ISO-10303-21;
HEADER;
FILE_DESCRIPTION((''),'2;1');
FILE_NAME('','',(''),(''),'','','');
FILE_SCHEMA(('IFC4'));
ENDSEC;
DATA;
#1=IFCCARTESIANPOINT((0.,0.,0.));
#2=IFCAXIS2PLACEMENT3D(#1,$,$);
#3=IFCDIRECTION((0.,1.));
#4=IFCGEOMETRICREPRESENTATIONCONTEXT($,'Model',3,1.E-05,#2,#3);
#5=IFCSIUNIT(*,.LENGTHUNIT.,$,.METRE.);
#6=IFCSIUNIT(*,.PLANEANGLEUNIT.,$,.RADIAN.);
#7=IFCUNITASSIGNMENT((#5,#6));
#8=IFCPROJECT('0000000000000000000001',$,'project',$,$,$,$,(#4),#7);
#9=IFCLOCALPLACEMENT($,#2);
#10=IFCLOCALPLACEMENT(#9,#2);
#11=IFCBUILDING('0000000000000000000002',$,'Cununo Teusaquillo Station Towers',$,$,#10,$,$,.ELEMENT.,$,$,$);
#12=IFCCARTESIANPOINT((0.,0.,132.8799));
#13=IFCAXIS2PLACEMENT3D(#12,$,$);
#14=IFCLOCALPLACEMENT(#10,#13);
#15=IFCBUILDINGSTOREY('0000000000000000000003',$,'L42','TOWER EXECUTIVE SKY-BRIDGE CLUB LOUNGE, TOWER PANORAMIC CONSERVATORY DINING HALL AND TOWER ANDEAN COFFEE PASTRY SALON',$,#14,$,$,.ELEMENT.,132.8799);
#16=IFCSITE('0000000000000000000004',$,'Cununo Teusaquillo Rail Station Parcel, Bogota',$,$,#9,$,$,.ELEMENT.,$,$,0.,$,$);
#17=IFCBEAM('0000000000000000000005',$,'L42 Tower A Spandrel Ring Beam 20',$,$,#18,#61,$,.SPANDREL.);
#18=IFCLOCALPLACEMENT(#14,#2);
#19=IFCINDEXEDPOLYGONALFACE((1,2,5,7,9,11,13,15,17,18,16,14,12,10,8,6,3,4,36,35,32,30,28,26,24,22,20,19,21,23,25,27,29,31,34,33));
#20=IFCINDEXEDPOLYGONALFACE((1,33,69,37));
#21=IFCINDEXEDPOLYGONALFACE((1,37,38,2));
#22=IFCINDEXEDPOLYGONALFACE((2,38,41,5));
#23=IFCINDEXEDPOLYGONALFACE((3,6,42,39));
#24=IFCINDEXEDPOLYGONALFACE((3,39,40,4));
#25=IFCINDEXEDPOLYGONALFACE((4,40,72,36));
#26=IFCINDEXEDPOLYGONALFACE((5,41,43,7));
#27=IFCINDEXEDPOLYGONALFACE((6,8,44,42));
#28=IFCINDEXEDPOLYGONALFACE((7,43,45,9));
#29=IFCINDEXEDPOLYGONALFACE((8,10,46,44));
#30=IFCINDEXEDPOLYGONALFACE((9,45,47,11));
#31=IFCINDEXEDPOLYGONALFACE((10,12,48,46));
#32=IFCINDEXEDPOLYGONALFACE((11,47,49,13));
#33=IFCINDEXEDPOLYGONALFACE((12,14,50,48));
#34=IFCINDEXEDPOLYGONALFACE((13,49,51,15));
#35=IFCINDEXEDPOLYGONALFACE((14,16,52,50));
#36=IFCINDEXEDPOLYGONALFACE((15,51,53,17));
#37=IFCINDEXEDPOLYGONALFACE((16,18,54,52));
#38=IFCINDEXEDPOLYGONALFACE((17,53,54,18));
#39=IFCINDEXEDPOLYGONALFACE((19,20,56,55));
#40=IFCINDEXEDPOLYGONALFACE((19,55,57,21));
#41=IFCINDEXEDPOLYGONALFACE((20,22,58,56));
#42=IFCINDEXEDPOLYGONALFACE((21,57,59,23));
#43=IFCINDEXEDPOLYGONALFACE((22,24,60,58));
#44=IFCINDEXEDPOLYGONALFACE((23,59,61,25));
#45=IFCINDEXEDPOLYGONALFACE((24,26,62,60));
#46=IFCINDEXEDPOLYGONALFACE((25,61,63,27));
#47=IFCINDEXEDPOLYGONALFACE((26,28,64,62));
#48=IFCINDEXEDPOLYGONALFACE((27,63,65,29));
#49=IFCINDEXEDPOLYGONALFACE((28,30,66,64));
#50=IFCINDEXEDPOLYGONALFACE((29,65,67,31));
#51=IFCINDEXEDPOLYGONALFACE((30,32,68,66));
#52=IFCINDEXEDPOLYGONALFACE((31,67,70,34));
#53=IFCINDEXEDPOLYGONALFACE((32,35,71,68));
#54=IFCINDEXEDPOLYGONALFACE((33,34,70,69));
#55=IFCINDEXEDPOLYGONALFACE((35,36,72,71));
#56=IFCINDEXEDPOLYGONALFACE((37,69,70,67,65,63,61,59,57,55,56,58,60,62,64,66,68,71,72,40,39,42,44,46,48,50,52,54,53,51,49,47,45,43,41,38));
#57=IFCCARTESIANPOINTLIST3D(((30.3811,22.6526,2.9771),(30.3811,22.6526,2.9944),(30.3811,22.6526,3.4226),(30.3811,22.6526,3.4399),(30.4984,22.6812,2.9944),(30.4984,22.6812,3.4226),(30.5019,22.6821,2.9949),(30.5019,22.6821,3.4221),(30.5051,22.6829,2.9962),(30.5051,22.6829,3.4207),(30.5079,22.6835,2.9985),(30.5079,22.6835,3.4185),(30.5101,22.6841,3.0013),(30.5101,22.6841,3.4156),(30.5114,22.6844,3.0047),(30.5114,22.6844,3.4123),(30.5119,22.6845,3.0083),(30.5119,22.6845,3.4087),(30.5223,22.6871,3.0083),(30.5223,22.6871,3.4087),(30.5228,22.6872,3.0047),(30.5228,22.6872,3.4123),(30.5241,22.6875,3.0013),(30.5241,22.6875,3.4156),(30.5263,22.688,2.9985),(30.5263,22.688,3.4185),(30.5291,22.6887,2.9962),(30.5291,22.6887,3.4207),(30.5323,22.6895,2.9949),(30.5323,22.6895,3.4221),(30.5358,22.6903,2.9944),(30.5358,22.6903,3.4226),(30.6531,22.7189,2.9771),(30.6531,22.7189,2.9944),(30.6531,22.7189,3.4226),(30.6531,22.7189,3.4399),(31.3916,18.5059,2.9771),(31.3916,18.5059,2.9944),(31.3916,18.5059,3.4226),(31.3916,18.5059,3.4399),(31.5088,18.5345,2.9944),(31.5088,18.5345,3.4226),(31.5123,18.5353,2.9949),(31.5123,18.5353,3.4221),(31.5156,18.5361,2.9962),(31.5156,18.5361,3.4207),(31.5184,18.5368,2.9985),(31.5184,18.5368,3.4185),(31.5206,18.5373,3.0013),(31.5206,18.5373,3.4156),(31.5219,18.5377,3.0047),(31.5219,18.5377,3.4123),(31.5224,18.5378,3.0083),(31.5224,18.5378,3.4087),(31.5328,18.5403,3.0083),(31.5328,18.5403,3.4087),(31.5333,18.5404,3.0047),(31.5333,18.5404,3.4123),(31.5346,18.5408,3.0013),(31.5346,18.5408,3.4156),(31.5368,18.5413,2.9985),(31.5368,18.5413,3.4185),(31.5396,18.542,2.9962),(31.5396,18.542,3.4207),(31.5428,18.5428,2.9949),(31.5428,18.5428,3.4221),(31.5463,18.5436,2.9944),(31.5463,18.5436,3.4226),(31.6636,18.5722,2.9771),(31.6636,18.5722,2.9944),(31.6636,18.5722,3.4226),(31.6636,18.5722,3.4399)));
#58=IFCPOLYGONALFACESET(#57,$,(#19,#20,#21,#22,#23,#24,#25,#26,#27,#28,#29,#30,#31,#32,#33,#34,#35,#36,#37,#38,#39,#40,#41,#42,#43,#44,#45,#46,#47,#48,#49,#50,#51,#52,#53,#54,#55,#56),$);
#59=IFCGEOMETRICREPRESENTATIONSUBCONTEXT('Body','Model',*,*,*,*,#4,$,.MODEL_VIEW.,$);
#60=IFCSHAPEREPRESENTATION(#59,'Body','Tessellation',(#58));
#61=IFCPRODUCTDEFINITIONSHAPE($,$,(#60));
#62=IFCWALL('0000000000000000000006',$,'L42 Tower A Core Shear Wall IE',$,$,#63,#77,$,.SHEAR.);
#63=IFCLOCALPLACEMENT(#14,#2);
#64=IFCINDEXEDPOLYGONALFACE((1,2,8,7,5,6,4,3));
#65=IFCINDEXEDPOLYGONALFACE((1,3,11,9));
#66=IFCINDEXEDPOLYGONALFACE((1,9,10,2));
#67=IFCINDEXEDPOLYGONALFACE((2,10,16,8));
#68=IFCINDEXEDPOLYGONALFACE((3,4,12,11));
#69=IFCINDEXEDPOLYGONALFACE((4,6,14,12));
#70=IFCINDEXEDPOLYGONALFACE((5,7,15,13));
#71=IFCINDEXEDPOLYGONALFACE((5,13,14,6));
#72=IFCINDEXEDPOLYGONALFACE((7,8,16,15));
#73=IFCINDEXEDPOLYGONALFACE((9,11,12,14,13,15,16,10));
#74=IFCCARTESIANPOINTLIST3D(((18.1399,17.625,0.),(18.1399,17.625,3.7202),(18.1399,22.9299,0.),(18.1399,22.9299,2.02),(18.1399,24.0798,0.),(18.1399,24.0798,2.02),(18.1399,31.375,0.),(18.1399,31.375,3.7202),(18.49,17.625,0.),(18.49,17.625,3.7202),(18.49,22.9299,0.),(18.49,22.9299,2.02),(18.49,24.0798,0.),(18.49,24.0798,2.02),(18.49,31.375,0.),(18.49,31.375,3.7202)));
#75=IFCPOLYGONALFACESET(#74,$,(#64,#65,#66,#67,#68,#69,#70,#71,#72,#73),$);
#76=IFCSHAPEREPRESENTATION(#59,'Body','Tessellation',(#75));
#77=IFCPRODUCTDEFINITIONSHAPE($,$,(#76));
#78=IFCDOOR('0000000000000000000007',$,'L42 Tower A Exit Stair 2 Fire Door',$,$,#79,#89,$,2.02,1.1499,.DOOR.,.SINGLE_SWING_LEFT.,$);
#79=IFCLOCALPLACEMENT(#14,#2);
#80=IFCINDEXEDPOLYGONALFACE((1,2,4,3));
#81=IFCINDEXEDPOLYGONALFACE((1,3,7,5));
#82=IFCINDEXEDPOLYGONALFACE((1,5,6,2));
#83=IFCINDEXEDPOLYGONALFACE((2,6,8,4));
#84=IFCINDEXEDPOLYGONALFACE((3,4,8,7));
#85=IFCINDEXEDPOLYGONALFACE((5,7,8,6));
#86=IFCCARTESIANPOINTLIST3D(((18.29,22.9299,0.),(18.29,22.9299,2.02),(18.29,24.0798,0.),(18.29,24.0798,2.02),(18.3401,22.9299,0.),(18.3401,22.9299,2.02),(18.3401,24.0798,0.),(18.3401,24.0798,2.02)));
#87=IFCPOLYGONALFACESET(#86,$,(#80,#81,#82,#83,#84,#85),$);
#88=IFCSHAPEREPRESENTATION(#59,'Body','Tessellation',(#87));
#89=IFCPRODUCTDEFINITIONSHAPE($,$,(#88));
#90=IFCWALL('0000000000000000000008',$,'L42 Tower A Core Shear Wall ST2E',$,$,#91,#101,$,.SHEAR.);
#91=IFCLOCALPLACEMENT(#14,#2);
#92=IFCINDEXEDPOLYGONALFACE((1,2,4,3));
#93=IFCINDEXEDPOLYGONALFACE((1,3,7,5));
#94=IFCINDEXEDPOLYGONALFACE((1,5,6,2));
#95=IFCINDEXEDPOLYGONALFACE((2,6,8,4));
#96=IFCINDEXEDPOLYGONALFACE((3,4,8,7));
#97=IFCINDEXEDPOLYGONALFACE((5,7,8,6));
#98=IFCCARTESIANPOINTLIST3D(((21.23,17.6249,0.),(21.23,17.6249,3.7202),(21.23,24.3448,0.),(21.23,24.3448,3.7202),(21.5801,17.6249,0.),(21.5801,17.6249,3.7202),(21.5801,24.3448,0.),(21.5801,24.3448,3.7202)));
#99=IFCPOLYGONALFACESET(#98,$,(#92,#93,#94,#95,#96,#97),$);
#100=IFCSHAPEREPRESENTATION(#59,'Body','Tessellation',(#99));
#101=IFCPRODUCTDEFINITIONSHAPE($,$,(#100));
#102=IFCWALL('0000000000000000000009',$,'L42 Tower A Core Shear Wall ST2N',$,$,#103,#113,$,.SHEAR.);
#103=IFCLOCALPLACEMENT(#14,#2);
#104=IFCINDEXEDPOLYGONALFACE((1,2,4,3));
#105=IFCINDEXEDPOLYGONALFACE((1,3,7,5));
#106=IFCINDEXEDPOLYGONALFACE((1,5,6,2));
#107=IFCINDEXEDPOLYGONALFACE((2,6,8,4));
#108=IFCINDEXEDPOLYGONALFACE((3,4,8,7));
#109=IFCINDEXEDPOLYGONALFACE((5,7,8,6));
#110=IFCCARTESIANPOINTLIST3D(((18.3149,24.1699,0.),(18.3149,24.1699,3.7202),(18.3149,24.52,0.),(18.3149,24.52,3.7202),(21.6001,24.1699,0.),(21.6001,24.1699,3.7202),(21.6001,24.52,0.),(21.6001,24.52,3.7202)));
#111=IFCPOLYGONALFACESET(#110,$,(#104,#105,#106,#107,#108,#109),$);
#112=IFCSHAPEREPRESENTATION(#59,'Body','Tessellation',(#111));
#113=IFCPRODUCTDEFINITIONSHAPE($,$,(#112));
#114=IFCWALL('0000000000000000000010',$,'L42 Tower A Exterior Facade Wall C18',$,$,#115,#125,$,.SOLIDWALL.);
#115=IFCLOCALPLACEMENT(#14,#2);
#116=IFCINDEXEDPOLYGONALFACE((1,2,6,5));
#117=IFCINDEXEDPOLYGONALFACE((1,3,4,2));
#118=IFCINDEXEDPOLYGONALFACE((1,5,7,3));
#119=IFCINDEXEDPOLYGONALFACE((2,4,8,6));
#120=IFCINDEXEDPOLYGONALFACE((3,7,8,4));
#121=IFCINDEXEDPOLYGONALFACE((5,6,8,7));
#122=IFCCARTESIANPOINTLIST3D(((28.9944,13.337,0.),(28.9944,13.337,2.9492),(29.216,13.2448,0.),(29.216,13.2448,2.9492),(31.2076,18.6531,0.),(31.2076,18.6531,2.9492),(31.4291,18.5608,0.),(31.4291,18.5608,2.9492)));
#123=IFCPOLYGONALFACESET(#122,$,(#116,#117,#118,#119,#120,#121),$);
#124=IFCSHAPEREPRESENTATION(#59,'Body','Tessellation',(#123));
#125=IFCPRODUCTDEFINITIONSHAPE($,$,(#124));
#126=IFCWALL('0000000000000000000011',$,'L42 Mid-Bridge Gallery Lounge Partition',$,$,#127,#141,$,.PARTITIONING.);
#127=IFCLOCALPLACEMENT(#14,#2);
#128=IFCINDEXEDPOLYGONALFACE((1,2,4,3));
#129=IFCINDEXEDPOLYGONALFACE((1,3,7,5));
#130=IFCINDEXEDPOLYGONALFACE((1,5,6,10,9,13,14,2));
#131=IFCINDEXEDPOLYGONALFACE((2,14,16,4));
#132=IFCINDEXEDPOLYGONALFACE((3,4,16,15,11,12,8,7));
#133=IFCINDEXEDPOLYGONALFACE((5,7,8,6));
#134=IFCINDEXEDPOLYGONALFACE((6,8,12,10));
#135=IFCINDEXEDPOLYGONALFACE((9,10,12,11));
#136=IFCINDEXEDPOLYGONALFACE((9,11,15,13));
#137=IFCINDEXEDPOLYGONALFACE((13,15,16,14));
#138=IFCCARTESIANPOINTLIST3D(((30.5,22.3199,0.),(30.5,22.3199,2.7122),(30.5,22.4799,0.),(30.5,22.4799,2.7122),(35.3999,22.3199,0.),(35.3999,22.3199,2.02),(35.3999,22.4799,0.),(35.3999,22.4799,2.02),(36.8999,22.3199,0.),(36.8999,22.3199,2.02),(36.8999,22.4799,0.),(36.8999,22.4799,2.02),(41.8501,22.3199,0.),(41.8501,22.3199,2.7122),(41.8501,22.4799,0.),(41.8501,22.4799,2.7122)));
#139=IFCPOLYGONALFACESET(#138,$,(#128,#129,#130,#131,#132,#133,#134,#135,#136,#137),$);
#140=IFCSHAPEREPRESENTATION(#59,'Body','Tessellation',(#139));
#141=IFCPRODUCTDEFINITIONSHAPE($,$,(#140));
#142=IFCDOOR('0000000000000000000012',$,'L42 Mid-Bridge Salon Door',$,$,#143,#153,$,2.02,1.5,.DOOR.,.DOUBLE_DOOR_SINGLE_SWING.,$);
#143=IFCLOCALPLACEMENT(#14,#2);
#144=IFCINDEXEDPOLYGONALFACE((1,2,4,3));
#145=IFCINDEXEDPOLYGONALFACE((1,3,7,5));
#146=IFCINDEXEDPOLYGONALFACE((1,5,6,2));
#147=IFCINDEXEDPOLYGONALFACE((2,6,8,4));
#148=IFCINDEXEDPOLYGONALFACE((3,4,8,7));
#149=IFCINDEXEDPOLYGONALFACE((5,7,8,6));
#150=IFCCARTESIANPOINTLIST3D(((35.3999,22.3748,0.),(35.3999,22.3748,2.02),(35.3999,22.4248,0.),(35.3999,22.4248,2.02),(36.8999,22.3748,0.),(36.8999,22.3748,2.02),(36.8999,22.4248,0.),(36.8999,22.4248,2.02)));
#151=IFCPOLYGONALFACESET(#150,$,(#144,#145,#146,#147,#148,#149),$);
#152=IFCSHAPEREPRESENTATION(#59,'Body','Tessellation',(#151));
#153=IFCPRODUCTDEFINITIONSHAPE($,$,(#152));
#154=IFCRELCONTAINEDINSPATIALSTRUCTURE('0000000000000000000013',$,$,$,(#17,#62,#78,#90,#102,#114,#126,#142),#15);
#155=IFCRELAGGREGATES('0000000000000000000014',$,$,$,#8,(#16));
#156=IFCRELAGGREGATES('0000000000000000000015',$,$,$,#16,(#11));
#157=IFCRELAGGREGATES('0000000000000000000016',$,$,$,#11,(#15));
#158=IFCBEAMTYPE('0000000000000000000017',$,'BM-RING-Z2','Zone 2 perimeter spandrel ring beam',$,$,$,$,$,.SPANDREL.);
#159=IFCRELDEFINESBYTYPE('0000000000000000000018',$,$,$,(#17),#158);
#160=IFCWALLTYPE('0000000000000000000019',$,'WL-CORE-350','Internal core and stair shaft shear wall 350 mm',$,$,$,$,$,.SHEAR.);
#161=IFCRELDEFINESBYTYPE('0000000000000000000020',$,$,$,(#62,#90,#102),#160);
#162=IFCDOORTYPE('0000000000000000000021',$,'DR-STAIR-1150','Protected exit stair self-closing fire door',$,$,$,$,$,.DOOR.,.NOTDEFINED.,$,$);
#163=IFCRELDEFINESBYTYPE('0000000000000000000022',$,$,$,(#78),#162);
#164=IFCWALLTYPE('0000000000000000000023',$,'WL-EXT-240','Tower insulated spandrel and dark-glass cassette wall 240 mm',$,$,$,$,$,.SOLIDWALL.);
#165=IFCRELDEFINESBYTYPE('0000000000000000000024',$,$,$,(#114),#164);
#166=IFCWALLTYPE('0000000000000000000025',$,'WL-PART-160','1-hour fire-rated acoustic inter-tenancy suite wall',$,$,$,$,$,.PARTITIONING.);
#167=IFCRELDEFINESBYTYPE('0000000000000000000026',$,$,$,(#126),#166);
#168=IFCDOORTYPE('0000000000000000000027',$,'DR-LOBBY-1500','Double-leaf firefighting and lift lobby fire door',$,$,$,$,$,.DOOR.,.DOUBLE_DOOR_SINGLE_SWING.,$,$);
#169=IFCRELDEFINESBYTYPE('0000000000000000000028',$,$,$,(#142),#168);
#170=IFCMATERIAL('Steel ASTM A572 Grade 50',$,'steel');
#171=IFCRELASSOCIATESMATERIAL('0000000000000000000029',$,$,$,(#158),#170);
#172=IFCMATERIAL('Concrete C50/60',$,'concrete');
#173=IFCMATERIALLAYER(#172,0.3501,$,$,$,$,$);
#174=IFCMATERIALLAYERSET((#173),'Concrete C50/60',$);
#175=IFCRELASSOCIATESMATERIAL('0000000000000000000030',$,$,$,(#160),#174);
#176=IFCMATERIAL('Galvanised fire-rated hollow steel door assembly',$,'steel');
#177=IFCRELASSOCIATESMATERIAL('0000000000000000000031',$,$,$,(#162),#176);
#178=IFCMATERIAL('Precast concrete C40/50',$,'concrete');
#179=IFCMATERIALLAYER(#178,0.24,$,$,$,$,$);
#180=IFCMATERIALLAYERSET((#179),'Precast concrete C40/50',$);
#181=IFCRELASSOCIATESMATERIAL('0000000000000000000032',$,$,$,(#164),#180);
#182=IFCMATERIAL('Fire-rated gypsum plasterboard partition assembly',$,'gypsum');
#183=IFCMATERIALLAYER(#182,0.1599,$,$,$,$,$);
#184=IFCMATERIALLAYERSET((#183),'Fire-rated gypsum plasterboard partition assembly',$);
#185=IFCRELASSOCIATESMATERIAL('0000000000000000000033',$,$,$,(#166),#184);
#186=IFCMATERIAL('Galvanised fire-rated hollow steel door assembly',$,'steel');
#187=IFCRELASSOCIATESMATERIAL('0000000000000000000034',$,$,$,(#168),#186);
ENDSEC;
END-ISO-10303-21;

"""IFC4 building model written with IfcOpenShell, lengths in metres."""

from ifc_helpers import new_model, si_unit, direction, frame, frame_2d, origin, origin_2d, place, context, subcontext, project, spatial, rectangle, i_section, extrude, source, transform, mapped, material, layer, layer_set, material_profile, profile_set, type_object, element, fill, save


model = new_model("IFC4")

# Units and contexts
model_context = context("Model", 3, precision=1e-05, world=origin(), true_north=direction((0.0, 1.0)))
body_context = subcontext(model_context, "Body", "Model", "MODEL_VIEW")
ifc_project = project(units=[si_unit("LENGTHUNIT", "METRE"), si_unit("PLANEANGLEUNIT", "RADIAN")], contexts=[model_context])

# Site, building, storey
site_placement = place(None, origin())
site = spatial("IfcSite", under=ifc_project, at=site_placement, Name="Cununo Teusaquillo Rail Station Parcel, Bogota", CompositionType="ELEMENT", RefElevation=0.0)
building_placement = place(site_placement, origin())
building = spatial("IfcBuilding", under=site, at=building_placement, Name="Cununo Teusaquillo Station Towers", CompositionType="ELEMENT")
storey_placement = place(building_placement, frame((0.0, 0.0, 132.8799)))
storey = spatial("IfcBuildingStorey", under=building, at=storey_placement, Name="L42", Description="TOWER EXECUTIVE SKY-BRIDGE CLUB LOUNGE, TOWER PANORAMIC CONSERVATORY DINING HALL AND TOWER ANDEAN COFFEE PASTRY SALON", CompositionType="ELEMENT", Elevation=132.8799)

# Beam
ifc_material_1 = material(Name="Steel ASTM A572 Grade 50", Category="steel")
ifc_material_profile_1 = material_profile(ifc_material_1, i_section(OverallWidth=0.28, OverallDepth=0.4629, WebThickness=0.0107, FlangeThickness=0.0173, FilletRadius=0.0139, at=origin_2d()), Name="W18X76")
ifc_profile_set_1 = profile_set([ifc_material_profile_1], Name="Steel ASTM A572 Grade 50")
beam_type_1 = type_object("IfcBeamType", Name="BM-RING-Z2", Description="Zone 2 perimeter spandrel ring beam", PredefinedType="SPANDREL", material=ifc_profile_set_1)
beam_1_placement = place(storey_placement, frame((31.5276, 18.5391, 3.2085), z_axis=(-0.236757, 0.971569, 0.0), x_axis=(-0.971569, -0.236757, 0.0)))
element("IfcBeam", 1, at=beam_1_placement, inside=storey, type_object=beam_type_1, Name="L42 Tower A Spandrel Ring Beam 20", PredefinedType="SPANDREL", context=body_context, shape_type="SweptSolid", body=[
    extrude(i_section(OverallWidth=0.28, OverallDepth=0.4629, WebThickness=0.0107, FlangeThickness=0.0173, FilletRadius=0.0139, at=origin_2d()), origin(), (0.0, 0.0, 1.0), 4.2681),
])

# Wall, opening, door
ifc_material_2 = material(Name="Concrete C50/60", Category="concrete")
ifc_layer_1 = layer(ifc_material_2, 0.3501)
ifc_layer_set_1 = layer_set([ifc_layer_1], Name="Concrete C50/60")
wall_type_1 = type_object("IfcWallType", Name="WL-CORE-350", Description="Internal core and stair shaft shear wall 350 mm", PredefinedType="SHEAR", material=ifc_layer_set_1)
wall_1_placement = place(storey_placement, frame((18.3149, 17.625, 0.0), z_axis=(0.0, 0.0, 1.0), x_axis=(0.0, 1.0, 0.0)))
wall_1 = element("IfcWall", 2, at=wall_1_placement, inside=storey, type_object=wall_type_1, Name="L42 Tower A Core Shear Wall IE", PredefinedType="SHEAR", context=body_context, shape_type="SweptSolid", body=[
    extrude(rectangle(XDim=13.75, YDim=0.3501, at=frame_2d((6.875, 0.0))), origin(), (0.0, 0.0, 1.0), 3.7202),
])
shared_shape_1 = source(origin(), body_context, "Body", "SweptSolid", [
    extrude(rectangle(XDim=1.1499, YDim=2.02, at=frame_2d((0.575, 1.01))), frame((0.0, 0.1851, 0.0), z_axis=(0.0, -1.0, 0.0), x_axis=(1.0, 0.0, 0.0)), (0.0, 0.0, 1.0), 0.3701),
])
opening_1_placement = place(wall_1_placement, frame((5.3049, 0.0, 0.0)))
opening_1 = element("IfcOpeningElement", 3, at=opening_1_placement, cuts=wall_1, PredefinedType="OPENING", context=body_context, shape_type="MappedRepresentation", body=[
    mapped(shared_shape_1, transform((0.0, 0.0, 0.0), x_axis=(1.0, 0.0, 0.0), y_axis=(0.0, 1.0, 0.0), z_axis=(0.0, 0.0, 1.0), scale=1.0)),
])
ifc_material_3 = material(Name="Galvanised fire-rated hollow steel door assembly", Category="steel")
door_type_1 = type_object("IfcDoorType", Name="DR-STAIR-1150", Description="Protected exit stair self-closing fire door", OperationType="NOTDEFINED", PredefinedType="DOOR", material=ifc_material_3)
shared_shape_2 = source(origin(), body_context, "Body", "SweptSolid", [
    extrude(rectangle(XDim=1.1499, YDim=2.02, at=frame_2d((0.575, 1.01))), frame((0.0, 0.0249, 0.0), z_axis=(0.0, -1.0, 0.0), x_axis=(1.0, 0.0, 0.0)), (0.0, 0.0, 1.0), 0.05),
])
door_1_placement = place(opening_1_placement, origin())
door_1 = element("IfcDoor", 4, at=door_1_placement, inside=storey, type_object=door_type_1, Name="L42 Tower A Exit Stair 2 Fire Door", OperationType="SINGLE_SWING_LEFT", OverallHeight=2.02, OverallWidth=1.1499, PredefinedType="DOOR", context=body_context, shape_type="MappedRepresentation", body=[
    mapped(shared_shape_2, transform((0.0, 0.0, 0.0), x_axis=(1.0, 0.0, 0.0), y_axis=(0.0, 1.0, 0.0), z_axis=(0.0, 0.0, 1.0), scale=1.0)),
])
fill(opening_1, door_1)

# Walls
wall_2_placement = place(storey_placement, frame((21.405, 17.625, 0.0), z_axis=(0.0, 0.0, 1.0), x_axis=(0.0, 1.0, 0.0)))
element("IfcWall", 5, at=wall_2_placement, inside=storey, type_object=wall_type_1, Name="L42 Tower A Core Shear Wall ST2E", PredefinedType="SHEAR", context=body_context, shape_type="SweptSolid", body=[
    extrude(rectangle(XDim=6.72, YDim=0.3501, at=frame_2d((3.3599, 0.0))), origin(), (0.0, 0.0, 1.0), 3.7202),
])
wall_3_placement = place(storey_placement, frame((18.3149, 24.345, 0.0), z_axis=(0.0, 0.0, 1.0), x_axis=(1.0, 0.0, 0.0)))
element("IfcWall", 6, at=wall_3_placement, inside=storey, type_object=wall_type_1, Name="L42 Tower A Core Shear Wall ST2N", PredefinedType="SHEAR", context=body_context, shape_type="SweptSolid", body=[
    extrude(rectangle(XDim=3.2852, YDim=0.3501, at=frame_2d((1.6426, 0.0))), origin(), (0.0, 0.0, 1.0), 3.7202),
])
ifc_material_4 = material(Name="Precast concrete C40/50", Category="concrete")
ifc_layer_2 = layer(ifc_material_4, 0.24)
ifc_layer_set_2 = layer_set([ifc_layer_2], Name="Precast concrete C40/50")
wall_type_2 = type_object("IfcWallType", Name="WL-EXT-240", Description="Tower insulated spandrel and dark-glass cassette wall 240 mm", PredefinedType="SOLIDWALL", material=ifc_layer_set_2)
wall_4_placement = place(storey_placement, frame((31.3184, 18.6069, 0.0), z_axis=(0.0, 0.0, 1.0), x_axis=(-0.384344, -0.92319, 0.0)))
element("IfcWall", 7, at=wall_4_placement, inside=storey, type_object=wall_type_2, Name="L42 Tower A Exterior Facade Wall C18", PredefinedType="SOLIDWALL", context=body_context, shape_type="SweptSolid", body=[
    extrude(rectangle(XDim=5.7583, YDim=0.24, at=frame_2d((2.8792, 0.0))), origin(), (0.0, 0.0, 1.0), 2.9492),
])

# Wall, opening, door
ifc_material_5 = material(Name="Fire-rated gypsum plasterboard partition assembly", Category="gypsum")
ifc_layer_3 = layer(ifc_material_5, 0.1599)
ifc_layer_set_3 = layer_set([ifc_layer_3], Name="Fire-rated gypsum plasterboard partition assembly")
wall_type_3 = type_object("IfcWallType", Name="WL-PART-160", Description="1-hour fire-rated acoustic inter-tenancy suite wall", PredefinedType="PARTITIONING", material=ifc_layer_set_3)
wall_5_placement = place(storey_placement, frame((30.5, 22.3999, 0.0), z_axis=(0.0, 0.0, 1.0), x_axis=(1.0, 0.0, 0.0)))
wall_5 = element("IfcWall", 8, at=wall_5_placement, inside=storey, type_object=wall_type_3, Name="L42 Mid-Bridge Gallery Lounge Partition", PredefinedType="PARTITIONING", context=body_context, shape_type="SweptSolid", body=[
    extrude(rectangle(XDim=11.3501, YDim=0.1599, at=frame_2d((5.675, 0.0))), origin(), (0.0, 0.0, 1.0), 2.7122),
])
shared_shape_3 = source(origin(), body_context, "Body", "SweptSolid", [
    extrude(rectangle(XDim=1.5, YDim=2.02, at=frame_2d((0.75, 1.01))), frame((0.0, 0.0898, 0.0), z_axis=(0.0, -1.0, 0.0), x_axis=(1.0, 0.0, 0.0)), (0.0, 0.0, 1.0), 0.1799),
])
opening_2_placement = place(wall_5_placement, frame((4.8999, 0.0, 0.0)))
opening_2 = element("IfcOpeningElement", 9, at=opening_2_placement, cuts=wall_5, PredefinedType="OPENING", context=body_context, shape_type="MappedRepresentation", body=[
    mapped(shared_shape_3, transform((0.0, 0.0, 0.0), x_axis=(1.0, 0.0, 0.0), y_axis=(0.0, 1.0, 0.0), z_axis=(0.0, 0.0, 1.0), scale=1.0)),
])
ifc_material_6 = material(Name="Galvanised fire-rated hollow steel door assembly", Category="steel")
door_type_2 = type_object("IfcDoorType", Name="DR-LOBBY-1500", Description="Double-leaf firefighting and lift lobby fire door", OperationType="DOUBLE_DOOR_SINGLE_SWING", PredefinedType="DOOR", material=ifc_material_6)
shared_shape_4 = source(origin(), body_context, "Body", "SweptSolid", [
    extrude(rectangle(XDim=1.5, YDim=2.02, at=frame_2d((0.75, 1.01))), frame((0.0, 0.0249, 0.0), z_axis=(0.0, -1.0, 0.0), x_axis=(1.0, 0.0, 0.0)), (0.0, 0.0, 1.0), 0.05),
])
door_2_placement = place(opening_2_placement, origin())
door_2 = element("IfcDoor", 10, at=door_2_placement, inside=storey, type_object=door_type_2, Name="L42 Mid-Bridge Salon Door", OperationType="DOUBLE_DOOR_SINGLE_SWING", OverallHeight=2.02, OverallWidth=1.5, PredefinedType="DOOR", context=body_context, shape_type="MappedRepresentation", body=[
    mapped(shared_shape_4, transform((0.0, 0.0, 0.0), x_axis=(1.0, 0.0, 0.0), y_axis=(0.0, 1.0, 0.0), z_axis=(0.0, 0.0, 1.0), scale=1.0)),
])
fill(opening_2, door_2)

save(model, "model.ifc")
